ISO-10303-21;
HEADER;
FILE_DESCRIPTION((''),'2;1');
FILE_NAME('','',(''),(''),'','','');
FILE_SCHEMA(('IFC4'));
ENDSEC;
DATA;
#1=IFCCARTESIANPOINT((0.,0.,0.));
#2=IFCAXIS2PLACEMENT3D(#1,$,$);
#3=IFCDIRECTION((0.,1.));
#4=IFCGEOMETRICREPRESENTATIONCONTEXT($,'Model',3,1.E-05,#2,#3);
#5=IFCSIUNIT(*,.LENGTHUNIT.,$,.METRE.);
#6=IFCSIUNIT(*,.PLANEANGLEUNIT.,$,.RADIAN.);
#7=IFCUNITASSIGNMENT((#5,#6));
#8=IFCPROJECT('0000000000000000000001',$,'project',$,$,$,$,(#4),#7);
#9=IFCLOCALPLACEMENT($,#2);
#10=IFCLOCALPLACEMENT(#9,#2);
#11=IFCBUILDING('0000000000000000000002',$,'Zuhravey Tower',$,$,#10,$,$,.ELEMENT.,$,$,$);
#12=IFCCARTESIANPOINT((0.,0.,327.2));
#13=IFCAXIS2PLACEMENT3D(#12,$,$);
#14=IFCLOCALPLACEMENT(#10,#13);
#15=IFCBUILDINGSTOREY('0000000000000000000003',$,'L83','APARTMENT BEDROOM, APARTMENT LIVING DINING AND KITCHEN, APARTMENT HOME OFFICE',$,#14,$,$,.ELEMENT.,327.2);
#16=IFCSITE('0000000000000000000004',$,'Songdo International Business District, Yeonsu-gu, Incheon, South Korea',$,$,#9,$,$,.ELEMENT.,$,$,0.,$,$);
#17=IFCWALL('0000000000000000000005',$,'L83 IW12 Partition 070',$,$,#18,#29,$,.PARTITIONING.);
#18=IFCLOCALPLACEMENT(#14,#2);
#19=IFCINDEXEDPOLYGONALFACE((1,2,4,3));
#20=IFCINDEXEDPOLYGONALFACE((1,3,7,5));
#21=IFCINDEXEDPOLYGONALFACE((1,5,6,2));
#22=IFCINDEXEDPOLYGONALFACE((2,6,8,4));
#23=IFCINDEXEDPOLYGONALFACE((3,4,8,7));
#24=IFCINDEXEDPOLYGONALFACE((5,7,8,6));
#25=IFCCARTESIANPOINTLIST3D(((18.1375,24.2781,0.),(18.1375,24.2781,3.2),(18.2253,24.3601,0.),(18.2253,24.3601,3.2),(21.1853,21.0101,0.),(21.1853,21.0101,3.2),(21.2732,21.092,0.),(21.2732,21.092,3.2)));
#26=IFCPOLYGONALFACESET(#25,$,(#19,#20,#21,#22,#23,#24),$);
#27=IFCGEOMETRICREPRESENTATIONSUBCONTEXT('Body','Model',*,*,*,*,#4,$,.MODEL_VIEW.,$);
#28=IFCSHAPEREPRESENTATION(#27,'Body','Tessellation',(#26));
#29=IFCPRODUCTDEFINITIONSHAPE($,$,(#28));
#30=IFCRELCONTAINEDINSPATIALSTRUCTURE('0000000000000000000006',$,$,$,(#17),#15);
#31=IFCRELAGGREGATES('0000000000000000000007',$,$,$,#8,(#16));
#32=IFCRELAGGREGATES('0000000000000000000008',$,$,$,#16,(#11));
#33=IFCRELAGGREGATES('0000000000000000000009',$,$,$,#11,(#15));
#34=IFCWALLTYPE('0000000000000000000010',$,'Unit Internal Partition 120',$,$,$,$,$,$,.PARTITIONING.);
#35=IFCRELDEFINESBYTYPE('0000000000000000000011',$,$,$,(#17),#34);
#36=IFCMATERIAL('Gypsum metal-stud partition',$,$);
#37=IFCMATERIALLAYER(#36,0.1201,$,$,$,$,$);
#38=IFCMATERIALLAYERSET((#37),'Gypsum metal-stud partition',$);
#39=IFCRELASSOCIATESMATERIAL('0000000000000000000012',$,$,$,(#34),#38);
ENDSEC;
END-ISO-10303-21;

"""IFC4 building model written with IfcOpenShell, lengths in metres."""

from ifc_helpers import new_model, si_unit, direction, frame, frame_2d, origin, place, context, subcontext, project, spatial, rectangle, extrude, material, layer, layer_set, type_object, element, save


model = new_model("IFC4")

# Units and contexts
model_context = context("Model", 3, precision=1e-05, world=origin(), true_north=direction((0.0, 1.0)))
body_context = subcontext(model_context, "Body", "Model", "MODEL_VIEW")
ifc_project = project(units=[si_unit("LENGTHUNIT", "METRE"), si_unit("PLANEANGLEUNIT", "RADIAN")], contexts=[model_context])

# Site, building, storey
site_placement = place(None, origin())
site = spatial("IfcSite", under=ifc_project, at=site_placement, Name="Songdo International Business District, Yeonsu-gu, Incheon, South Korea", CompositionType="ELEMENT", RefElevation=0.0)
building_placement = place(site_placement, origin())
building = spatial("IfcBuilding", under=site, at=building_placement, Name="Zuhravey Tower", CompositionType="ELEMENT")
storey_placement = place(building_placement, frame((0.0, 0.0, 327.2)))
storey = spatial("IfcBuildingStorey", under=building, at=storey_placement, Name="L83", Description="APARTMENT BEDROOM, APARTMENT LIVING DINING AND KITCHEN, APARTMENT HOME OFFICE", CompositionType="ELEMENT", Elevation=327.2)

# Shared definitions
ifc_material_1 = material(Name="Gypsum metal-stud partition")
ifc_layer_1 = layer(ifc_material_1, 0.1201)
ifc_layer_set_1 = layer_set([ifc_layer_1], Name="Gypsum metal-stud partition")
wall_type_1 = type_object("IfcWallType", Name="Unit Internal Partition 120", PredefinedType="PARTITIONING", material=ifc_layer_set_1)

# Wall
wall_1_placement = place(storey_placement, frame((18.1814, 24.3191, 0.0), z_axis=(0.0, 0.0, 1.0), x_axis=(0.682038, -0.731317, 0.0)))
element("IfcWall", 1, at=wall_1_placement, inside=storey, type_object=wall_type_1, Name="L83 IW12 Partition 070", PredefinedType="PARTITIONING", context=body_context, shape_type="SweptSolid", body=[
    extrude(rectangle(XDim=4.4688, YDim=0.1201, at=frame_2d((2.2344, 0.0))), origin(), (0.0, 0.0, 1.0), 3.2),
])

save(model, "model.ifc")
